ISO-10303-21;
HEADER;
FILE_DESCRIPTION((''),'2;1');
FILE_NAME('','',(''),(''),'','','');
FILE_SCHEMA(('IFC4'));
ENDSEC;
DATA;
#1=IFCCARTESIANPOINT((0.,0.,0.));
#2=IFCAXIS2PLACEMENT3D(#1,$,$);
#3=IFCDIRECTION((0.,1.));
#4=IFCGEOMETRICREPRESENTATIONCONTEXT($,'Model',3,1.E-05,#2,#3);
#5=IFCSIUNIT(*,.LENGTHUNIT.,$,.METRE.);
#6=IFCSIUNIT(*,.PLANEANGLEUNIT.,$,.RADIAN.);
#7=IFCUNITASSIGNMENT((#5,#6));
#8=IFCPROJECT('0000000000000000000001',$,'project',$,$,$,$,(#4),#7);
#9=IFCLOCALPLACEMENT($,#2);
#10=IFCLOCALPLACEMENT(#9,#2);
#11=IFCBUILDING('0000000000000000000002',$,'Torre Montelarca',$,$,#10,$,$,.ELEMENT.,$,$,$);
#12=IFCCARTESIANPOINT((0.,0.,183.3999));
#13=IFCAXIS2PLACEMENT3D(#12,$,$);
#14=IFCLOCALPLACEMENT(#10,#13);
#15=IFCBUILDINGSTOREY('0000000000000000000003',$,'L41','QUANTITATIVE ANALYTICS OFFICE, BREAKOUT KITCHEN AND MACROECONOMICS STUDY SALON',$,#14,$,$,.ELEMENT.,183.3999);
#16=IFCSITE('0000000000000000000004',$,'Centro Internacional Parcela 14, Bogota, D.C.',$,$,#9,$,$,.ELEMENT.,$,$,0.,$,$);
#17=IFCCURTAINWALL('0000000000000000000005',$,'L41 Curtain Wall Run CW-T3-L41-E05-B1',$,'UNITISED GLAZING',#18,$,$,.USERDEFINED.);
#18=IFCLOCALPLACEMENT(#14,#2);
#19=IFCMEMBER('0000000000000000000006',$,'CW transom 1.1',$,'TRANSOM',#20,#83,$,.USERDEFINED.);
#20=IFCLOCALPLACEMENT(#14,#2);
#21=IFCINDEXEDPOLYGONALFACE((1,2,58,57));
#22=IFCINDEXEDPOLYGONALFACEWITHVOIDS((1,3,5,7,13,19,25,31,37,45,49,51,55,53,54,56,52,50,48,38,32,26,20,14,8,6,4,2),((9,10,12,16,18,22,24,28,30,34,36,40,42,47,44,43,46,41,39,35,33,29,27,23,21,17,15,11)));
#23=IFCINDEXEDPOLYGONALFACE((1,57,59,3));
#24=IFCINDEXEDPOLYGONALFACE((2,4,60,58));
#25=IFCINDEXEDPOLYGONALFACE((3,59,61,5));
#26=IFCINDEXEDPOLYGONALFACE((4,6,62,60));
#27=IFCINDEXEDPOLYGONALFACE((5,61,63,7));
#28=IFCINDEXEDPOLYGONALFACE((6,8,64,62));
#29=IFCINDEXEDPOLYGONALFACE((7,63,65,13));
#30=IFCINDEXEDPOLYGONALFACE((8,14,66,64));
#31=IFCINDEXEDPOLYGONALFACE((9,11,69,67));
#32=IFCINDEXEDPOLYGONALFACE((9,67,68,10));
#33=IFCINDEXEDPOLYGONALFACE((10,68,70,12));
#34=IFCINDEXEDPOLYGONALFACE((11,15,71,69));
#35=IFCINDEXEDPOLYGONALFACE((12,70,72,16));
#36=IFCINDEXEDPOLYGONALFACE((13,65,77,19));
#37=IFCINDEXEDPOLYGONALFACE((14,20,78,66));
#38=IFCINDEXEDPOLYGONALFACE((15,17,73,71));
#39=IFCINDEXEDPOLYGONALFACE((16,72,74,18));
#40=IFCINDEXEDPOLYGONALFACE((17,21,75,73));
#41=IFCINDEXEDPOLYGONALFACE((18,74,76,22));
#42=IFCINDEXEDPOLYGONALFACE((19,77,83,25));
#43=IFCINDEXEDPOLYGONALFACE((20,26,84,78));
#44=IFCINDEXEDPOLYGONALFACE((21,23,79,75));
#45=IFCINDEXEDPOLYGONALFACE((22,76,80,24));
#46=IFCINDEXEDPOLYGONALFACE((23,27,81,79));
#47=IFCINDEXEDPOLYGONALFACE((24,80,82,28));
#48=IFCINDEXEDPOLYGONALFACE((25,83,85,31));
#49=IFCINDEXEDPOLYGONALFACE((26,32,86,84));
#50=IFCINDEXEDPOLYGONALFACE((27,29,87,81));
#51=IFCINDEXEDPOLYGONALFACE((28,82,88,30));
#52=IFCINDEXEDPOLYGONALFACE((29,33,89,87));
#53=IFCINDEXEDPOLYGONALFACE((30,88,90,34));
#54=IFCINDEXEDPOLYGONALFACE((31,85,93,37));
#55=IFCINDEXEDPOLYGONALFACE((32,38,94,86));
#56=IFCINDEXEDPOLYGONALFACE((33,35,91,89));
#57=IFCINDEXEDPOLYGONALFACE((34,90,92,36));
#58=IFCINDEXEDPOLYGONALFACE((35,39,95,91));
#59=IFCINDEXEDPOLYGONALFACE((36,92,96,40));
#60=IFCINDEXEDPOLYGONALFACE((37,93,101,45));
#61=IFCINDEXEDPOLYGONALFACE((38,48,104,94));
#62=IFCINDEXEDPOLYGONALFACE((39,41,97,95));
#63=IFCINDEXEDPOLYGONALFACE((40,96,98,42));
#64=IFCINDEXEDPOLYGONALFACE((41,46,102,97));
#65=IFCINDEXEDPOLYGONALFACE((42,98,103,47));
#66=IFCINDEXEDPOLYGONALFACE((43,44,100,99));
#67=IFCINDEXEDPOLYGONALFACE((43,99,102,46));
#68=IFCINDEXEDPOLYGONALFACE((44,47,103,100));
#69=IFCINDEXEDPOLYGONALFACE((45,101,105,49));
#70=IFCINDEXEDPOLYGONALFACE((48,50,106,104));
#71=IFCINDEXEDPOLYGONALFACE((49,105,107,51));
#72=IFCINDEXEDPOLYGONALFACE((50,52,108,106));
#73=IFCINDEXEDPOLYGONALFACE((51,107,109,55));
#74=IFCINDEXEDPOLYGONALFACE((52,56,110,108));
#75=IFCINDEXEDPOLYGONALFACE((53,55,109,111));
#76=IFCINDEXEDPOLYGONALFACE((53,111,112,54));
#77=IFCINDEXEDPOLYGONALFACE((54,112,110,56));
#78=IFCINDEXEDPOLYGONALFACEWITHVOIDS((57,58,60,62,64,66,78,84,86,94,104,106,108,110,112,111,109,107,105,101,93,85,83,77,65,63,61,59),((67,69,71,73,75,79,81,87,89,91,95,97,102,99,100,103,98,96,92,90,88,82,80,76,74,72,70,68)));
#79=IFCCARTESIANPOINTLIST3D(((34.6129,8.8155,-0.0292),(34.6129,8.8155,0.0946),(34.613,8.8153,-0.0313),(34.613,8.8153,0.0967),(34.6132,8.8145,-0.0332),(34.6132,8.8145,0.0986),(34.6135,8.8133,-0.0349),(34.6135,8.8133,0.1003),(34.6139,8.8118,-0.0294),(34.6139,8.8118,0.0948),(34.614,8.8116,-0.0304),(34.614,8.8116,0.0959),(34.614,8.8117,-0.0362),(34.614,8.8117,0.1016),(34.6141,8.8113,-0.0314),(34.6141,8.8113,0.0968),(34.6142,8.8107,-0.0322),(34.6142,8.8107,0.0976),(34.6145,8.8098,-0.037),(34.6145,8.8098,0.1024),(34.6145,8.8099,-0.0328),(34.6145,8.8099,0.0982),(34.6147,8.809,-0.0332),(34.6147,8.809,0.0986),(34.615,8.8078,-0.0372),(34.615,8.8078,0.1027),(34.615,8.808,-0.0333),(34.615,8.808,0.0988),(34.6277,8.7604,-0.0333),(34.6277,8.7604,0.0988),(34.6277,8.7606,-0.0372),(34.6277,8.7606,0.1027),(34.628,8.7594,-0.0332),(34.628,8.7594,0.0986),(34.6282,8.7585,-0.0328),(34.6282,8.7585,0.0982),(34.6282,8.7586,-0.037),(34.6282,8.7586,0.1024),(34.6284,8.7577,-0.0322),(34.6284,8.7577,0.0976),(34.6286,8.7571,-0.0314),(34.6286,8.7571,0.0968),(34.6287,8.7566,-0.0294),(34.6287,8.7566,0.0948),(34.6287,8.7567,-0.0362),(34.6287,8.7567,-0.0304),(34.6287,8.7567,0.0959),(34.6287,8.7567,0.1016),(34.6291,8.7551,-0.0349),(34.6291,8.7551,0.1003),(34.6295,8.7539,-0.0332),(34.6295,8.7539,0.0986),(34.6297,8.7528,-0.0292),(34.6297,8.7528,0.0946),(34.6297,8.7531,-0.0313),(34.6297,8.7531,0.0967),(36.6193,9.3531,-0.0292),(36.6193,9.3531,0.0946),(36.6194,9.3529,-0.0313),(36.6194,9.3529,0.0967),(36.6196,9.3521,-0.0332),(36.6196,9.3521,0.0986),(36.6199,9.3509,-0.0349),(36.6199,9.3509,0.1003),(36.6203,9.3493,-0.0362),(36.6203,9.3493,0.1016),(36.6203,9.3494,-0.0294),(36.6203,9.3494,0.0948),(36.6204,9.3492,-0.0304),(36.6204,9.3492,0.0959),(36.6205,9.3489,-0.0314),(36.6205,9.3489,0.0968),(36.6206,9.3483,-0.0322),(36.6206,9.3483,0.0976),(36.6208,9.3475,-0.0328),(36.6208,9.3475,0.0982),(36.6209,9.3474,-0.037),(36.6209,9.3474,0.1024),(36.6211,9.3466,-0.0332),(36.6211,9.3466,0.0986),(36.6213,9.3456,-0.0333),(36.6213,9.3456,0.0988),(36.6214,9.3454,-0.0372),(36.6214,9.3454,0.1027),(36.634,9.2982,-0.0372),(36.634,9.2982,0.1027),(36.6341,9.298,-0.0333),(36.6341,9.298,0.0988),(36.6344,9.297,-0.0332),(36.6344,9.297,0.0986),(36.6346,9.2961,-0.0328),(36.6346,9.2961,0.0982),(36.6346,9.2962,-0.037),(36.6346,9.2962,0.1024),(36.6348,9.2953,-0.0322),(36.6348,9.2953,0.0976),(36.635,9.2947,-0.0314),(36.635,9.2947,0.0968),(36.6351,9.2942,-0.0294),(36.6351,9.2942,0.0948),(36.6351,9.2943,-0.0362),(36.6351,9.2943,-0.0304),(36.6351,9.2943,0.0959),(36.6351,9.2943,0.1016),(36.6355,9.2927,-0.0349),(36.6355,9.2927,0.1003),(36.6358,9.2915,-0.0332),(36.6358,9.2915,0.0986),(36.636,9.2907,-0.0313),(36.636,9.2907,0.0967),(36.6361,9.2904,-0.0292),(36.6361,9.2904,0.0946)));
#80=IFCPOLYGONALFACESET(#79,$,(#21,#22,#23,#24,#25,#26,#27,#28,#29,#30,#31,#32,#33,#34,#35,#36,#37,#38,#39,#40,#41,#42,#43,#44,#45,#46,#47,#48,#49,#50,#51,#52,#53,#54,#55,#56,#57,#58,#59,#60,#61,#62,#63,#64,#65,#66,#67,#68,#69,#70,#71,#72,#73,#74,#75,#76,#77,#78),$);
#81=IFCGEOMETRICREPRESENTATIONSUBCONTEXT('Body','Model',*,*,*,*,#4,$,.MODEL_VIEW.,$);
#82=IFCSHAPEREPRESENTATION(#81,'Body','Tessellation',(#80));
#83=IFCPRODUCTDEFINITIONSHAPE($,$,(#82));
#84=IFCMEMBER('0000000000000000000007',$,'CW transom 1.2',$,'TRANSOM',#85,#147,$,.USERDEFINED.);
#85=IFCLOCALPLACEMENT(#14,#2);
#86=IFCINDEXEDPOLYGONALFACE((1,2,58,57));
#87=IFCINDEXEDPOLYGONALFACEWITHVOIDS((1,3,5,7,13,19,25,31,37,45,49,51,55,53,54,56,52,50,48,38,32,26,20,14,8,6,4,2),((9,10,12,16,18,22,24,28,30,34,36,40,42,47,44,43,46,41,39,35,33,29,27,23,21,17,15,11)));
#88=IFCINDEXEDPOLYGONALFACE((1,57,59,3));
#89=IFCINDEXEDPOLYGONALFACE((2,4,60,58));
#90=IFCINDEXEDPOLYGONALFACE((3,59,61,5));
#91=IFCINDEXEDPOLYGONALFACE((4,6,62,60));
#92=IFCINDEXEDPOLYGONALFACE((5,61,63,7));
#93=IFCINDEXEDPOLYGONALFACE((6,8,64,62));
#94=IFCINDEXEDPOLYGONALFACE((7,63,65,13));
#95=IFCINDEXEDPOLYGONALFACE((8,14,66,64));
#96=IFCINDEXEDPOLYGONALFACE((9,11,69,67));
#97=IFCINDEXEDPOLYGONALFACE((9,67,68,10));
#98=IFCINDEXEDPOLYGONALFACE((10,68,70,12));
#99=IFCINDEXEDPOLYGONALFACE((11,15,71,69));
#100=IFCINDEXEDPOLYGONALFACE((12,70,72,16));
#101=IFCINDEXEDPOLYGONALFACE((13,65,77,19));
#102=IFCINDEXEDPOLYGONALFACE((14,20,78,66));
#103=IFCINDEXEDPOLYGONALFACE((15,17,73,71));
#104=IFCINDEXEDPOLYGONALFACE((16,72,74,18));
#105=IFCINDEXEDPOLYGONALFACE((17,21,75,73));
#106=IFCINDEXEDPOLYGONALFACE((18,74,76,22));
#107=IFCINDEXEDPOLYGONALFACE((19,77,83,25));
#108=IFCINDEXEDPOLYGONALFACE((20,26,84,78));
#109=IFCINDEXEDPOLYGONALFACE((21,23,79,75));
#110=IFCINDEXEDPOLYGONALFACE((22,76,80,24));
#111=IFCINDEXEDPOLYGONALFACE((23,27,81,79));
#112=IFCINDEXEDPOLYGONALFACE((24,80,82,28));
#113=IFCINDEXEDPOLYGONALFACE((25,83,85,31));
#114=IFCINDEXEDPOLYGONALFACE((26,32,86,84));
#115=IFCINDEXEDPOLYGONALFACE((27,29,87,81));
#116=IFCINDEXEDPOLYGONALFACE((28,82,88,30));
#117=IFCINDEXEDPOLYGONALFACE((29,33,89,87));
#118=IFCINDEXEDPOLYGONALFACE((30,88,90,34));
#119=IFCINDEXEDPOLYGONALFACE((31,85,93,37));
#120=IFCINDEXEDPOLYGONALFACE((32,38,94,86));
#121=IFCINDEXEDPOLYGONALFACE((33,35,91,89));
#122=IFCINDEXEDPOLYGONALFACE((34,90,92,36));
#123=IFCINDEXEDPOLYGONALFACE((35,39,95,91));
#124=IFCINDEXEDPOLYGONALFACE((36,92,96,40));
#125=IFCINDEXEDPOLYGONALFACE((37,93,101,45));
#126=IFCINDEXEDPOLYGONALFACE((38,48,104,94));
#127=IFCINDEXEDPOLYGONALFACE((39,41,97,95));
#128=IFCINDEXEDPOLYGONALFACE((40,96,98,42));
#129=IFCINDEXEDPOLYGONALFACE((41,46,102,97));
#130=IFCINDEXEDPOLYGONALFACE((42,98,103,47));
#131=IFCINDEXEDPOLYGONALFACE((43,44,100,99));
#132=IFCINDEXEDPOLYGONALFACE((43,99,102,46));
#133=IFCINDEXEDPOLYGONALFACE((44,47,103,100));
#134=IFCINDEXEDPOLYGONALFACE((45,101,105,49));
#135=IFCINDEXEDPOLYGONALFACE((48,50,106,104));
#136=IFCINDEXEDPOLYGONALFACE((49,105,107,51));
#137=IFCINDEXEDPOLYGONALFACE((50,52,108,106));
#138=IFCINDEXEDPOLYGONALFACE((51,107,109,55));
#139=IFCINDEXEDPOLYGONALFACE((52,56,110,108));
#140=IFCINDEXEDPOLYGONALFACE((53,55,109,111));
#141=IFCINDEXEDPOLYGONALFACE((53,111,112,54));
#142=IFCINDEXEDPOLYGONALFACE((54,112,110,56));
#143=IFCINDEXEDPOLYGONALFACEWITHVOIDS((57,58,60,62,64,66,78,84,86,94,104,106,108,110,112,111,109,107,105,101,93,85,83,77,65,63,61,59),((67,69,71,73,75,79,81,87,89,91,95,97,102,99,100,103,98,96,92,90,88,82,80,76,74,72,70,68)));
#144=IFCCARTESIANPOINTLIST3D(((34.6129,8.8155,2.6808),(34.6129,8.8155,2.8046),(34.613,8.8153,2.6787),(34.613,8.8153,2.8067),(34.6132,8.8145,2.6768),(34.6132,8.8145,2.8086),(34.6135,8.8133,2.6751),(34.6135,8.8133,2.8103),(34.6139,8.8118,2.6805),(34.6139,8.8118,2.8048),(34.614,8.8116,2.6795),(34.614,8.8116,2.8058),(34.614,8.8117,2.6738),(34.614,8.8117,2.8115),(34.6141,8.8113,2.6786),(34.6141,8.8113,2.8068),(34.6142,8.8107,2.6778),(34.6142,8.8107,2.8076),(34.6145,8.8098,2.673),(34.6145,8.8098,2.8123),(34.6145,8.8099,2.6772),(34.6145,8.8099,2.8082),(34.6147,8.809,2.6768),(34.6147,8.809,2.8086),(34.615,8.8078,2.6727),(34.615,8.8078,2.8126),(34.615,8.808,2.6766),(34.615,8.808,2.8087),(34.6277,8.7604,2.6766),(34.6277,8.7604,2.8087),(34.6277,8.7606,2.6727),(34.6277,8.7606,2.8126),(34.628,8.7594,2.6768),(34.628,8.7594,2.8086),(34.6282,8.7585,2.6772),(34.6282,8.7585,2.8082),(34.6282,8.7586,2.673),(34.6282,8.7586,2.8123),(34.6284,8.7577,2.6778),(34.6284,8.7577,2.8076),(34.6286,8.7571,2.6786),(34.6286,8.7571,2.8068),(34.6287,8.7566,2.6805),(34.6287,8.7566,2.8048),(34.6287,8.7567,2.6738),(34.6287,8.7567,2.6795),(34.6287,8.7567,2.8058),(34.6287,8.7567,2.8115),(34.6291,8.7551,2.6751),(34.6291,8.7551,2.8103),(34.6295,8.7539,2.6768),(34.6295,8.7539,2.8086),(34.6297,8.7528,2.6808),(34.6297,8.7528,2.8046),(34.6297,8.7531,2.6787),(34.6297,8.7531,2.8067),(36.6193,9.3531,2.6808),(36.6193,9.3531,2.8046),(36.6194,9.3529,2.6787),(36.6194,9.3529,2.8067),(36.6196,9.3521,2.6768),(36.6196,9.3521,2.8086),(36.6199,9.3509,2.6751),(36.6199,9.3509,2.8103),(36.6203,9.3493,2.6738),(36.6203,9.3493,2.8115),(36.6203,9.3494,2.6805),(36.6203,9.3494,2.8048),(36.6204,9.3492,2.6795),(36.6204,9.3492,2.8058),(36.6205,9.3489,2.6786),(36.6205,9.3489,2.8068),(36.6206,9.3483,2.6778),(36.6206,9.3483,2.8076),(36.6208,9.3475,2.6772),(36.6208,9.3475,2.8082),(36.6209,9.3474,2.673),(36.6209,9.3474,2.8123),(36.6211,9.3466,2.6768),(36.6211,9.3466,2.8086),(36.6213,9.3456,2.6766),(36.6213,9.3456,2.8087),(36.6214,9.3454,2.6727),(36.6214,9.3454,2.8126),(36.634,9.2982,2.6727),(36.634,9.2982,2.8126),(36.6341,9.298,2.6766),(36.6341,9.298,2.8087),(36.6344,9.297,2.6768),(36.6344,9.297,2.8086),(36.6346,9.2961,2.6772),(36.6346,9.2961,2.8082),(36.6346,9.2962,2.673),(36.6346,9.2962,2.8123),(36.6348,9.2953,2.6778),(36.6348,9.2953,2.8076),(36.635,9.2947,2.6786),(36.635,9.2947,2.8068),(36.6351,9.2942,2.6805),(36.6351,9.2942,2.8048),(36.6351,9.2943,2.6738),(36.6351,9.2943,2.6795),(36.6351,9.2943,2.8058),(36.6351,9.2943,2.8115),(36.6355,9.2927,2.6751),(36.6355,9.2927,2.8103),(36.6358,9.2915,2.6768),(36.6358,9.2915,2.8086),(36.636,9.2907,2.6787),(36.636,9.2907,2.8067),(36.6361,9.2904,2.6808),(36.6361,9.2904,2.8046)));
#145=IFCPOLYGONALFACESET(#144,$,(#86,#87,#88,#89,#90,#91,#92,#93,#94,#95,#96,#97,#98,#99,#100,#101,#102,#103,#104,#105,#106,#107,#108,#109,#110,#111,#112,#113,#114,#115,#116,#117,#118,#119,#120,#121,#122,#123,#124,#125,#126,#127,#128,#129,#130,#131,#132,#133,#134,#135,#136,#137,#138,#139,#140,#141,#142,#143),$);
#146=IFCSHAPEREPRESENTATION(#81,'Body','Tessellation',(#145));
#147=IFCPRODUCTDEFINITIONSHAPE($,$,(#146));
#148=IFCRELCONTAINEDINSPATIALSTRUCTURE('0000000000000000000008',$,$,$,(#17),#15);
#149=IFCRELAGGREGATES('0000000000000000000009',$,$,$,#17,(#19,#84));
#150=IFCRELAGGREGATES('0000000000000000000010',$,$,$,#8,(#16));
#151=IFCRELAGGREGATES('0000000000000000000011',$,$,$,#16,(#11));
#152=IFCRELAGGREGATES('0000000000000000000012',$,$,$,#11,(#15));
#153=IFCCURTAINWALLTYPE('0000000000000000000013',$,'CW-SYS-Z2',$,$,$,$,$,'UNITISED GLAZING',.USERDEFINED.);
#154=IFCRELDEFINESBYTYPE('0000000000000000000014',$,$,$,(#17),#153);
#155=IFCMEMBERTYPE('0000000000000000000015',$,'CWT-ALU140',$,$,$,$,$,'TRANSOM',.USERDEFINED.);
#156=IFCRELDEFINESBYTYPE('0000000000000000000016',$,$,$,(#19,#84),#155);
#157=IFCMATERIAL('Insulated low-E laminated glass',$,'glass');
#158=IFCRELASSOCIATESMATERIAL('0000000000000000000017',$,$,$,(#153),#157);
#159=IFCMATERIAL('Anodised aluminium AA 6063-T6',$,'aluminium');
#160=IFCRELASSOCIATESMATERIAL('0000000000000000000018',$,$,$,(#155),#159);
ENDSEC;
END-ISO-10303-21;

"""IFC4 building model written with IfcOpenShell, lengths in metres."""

from ifc_helpers import new_model, si_unit, direction, frame, origin, origin_2d, place, context, subcontext, project, spatial, hollow_rectangle, extrude, source, transform, mapped, material, material_profile, profile_set, type_object, element, aggregate, save


model = new_model("IFC4")

# Units and contexts
model_context = context("Model", 3, precision=1e-05, world=origin(), true_north=direction((0.0, 1.0)))
body_context = subcontext(model_context, "Body", "Model", "MODEL_VIEW")
ifc_project = project(units=[si_unit("LENGTHUNIT", "METRE"), si_unit("PLANEANGLEUNIT", "RADIAN")], contexts=[model_context])

# Site, building, storey
site_placement = place(None, origin())
site = spatial("IfcSite", under=ifc_project, at=site_placement, Name="Centro Internacional Parcela 14, Bogota, D.C.", CompositionType="ELEMENT", RefElevation=0.0)
building_placement = place(site_placement, origin())
building = spatial("IfcBuilding", under=site, at=building_placement, Name="Torre Montelarca", CompositionType="ELEMENT")
storey_placement = place(building_placement, frame((0.0, 0.0, 183.3999)))
storey = spatial("IfcBuildingStorey", under=building, at=storey_placement, Name="L41", Description="QUANTITATIVE ANALYTICS OFFICE, BREAKOUT KITCHEN AND MACROECONOMICS STUDY SALON", CompositionType="ELEMENT", Elevation=183.3999)

# Curtain wall
ifc_material_1 = material(Name="Insulated low-E laminated glass", Category="glass")
curtain_wall_type = type_object("IfcCurtainWallType", Name="CW-SYS-Z2", ElementType="UNITISED GLAZING", PredefinedType="USERDEFINED", material=ifc_material_1)
ifc_material_2 = material(Name="Anodised aluminium AA 6063-T6", Category="aluminium")
ifc_material_profile_1 = material_profile(ifc_material_2, hollow_rectangle(XDim=0.0649, YDim=0.1399, WallThickness=0.0039, InnerFilletRadius=0.0039, OuterFilletRadius=0.0081, at=origin_2d()), Name="ALU65X140X4", Category="aluminium")
ifc_profile_set_1 = profile_set([ifc_material_profile_1], Name="Anodised aluminium AA 6063-T6")
member_type_1 = type_object("IfcMemberType", Name="CWT-ALU140", ElementType="TRANSOM", PredefinedType="USERDEFINED", material=ifc_profile_set_1)
curtain_wall_1_placement = place(storey_placement, origin())
curtain_wall_1 = element("IfcCurtainWall", 1, at=curtain_wall_1_placement, inside=storey, type_object=curtain_wall_type, Name="L41 Curtain Wall Run CW-T3-L41-E05-B1", ObjectType="UNITISED GLAZING", PredefinedType="USERDEFINED")

# Members
shared_shape_1 = source(origin(), body_context, "Body", "SweptSolid", [
    extrude(hollow_rectangle(XDim=0.0649, YDim=0.1399, WallThickness=0.0039, InnerFilletRadius=0.0039, OuterFilletRadius=0.0081, at=origin_2d()), origin(), (0.0, 0.0, 1.0), 2.0771),
])
member_1_placement = place(storey_placement, frame((34.6213, 8.7842, 0.0327), z_axis=(0.965926, 0.258818, 0.0), x_axis=(-0.258818, 0.965926, 0.0)))
member_1 = element("IfcMember", 2, at=member_1_placement, type_object=member_type_1, Name="CW transom 1.1", ObjectType="TRANSOM", PredefinedType="USERDEFINED", context=body_context, shape_type="MappedRepresentation", body=[
    mapped(shared_shape_1, transform((0.0, 0.0, 0.0), scale=1.0)),
])
member_2_placement = place(storey_placement, frame((34.6213, 8.7842, 2.7427), z_axis=(0.965926, 0.258818, 0.0), x_axis=(-0.258818, 0.965926, 0.0)))
member_2 = element("IfcMember", 3, at=member_2_placement, type_object=member_type_1, Name="CW transom 1.2", ObjectType="TRANSOM", PredefinedType="USERDEFINED", context=body_context, shape_type="MappedRepresentation", body=[
    mapped(shared_shape_1, transform((0.0, 0.0, 0.0), scale=1.0)),
])

aggregate(curtain_wall_1, [member_1, member_2])

save(model, "model.ifc")
